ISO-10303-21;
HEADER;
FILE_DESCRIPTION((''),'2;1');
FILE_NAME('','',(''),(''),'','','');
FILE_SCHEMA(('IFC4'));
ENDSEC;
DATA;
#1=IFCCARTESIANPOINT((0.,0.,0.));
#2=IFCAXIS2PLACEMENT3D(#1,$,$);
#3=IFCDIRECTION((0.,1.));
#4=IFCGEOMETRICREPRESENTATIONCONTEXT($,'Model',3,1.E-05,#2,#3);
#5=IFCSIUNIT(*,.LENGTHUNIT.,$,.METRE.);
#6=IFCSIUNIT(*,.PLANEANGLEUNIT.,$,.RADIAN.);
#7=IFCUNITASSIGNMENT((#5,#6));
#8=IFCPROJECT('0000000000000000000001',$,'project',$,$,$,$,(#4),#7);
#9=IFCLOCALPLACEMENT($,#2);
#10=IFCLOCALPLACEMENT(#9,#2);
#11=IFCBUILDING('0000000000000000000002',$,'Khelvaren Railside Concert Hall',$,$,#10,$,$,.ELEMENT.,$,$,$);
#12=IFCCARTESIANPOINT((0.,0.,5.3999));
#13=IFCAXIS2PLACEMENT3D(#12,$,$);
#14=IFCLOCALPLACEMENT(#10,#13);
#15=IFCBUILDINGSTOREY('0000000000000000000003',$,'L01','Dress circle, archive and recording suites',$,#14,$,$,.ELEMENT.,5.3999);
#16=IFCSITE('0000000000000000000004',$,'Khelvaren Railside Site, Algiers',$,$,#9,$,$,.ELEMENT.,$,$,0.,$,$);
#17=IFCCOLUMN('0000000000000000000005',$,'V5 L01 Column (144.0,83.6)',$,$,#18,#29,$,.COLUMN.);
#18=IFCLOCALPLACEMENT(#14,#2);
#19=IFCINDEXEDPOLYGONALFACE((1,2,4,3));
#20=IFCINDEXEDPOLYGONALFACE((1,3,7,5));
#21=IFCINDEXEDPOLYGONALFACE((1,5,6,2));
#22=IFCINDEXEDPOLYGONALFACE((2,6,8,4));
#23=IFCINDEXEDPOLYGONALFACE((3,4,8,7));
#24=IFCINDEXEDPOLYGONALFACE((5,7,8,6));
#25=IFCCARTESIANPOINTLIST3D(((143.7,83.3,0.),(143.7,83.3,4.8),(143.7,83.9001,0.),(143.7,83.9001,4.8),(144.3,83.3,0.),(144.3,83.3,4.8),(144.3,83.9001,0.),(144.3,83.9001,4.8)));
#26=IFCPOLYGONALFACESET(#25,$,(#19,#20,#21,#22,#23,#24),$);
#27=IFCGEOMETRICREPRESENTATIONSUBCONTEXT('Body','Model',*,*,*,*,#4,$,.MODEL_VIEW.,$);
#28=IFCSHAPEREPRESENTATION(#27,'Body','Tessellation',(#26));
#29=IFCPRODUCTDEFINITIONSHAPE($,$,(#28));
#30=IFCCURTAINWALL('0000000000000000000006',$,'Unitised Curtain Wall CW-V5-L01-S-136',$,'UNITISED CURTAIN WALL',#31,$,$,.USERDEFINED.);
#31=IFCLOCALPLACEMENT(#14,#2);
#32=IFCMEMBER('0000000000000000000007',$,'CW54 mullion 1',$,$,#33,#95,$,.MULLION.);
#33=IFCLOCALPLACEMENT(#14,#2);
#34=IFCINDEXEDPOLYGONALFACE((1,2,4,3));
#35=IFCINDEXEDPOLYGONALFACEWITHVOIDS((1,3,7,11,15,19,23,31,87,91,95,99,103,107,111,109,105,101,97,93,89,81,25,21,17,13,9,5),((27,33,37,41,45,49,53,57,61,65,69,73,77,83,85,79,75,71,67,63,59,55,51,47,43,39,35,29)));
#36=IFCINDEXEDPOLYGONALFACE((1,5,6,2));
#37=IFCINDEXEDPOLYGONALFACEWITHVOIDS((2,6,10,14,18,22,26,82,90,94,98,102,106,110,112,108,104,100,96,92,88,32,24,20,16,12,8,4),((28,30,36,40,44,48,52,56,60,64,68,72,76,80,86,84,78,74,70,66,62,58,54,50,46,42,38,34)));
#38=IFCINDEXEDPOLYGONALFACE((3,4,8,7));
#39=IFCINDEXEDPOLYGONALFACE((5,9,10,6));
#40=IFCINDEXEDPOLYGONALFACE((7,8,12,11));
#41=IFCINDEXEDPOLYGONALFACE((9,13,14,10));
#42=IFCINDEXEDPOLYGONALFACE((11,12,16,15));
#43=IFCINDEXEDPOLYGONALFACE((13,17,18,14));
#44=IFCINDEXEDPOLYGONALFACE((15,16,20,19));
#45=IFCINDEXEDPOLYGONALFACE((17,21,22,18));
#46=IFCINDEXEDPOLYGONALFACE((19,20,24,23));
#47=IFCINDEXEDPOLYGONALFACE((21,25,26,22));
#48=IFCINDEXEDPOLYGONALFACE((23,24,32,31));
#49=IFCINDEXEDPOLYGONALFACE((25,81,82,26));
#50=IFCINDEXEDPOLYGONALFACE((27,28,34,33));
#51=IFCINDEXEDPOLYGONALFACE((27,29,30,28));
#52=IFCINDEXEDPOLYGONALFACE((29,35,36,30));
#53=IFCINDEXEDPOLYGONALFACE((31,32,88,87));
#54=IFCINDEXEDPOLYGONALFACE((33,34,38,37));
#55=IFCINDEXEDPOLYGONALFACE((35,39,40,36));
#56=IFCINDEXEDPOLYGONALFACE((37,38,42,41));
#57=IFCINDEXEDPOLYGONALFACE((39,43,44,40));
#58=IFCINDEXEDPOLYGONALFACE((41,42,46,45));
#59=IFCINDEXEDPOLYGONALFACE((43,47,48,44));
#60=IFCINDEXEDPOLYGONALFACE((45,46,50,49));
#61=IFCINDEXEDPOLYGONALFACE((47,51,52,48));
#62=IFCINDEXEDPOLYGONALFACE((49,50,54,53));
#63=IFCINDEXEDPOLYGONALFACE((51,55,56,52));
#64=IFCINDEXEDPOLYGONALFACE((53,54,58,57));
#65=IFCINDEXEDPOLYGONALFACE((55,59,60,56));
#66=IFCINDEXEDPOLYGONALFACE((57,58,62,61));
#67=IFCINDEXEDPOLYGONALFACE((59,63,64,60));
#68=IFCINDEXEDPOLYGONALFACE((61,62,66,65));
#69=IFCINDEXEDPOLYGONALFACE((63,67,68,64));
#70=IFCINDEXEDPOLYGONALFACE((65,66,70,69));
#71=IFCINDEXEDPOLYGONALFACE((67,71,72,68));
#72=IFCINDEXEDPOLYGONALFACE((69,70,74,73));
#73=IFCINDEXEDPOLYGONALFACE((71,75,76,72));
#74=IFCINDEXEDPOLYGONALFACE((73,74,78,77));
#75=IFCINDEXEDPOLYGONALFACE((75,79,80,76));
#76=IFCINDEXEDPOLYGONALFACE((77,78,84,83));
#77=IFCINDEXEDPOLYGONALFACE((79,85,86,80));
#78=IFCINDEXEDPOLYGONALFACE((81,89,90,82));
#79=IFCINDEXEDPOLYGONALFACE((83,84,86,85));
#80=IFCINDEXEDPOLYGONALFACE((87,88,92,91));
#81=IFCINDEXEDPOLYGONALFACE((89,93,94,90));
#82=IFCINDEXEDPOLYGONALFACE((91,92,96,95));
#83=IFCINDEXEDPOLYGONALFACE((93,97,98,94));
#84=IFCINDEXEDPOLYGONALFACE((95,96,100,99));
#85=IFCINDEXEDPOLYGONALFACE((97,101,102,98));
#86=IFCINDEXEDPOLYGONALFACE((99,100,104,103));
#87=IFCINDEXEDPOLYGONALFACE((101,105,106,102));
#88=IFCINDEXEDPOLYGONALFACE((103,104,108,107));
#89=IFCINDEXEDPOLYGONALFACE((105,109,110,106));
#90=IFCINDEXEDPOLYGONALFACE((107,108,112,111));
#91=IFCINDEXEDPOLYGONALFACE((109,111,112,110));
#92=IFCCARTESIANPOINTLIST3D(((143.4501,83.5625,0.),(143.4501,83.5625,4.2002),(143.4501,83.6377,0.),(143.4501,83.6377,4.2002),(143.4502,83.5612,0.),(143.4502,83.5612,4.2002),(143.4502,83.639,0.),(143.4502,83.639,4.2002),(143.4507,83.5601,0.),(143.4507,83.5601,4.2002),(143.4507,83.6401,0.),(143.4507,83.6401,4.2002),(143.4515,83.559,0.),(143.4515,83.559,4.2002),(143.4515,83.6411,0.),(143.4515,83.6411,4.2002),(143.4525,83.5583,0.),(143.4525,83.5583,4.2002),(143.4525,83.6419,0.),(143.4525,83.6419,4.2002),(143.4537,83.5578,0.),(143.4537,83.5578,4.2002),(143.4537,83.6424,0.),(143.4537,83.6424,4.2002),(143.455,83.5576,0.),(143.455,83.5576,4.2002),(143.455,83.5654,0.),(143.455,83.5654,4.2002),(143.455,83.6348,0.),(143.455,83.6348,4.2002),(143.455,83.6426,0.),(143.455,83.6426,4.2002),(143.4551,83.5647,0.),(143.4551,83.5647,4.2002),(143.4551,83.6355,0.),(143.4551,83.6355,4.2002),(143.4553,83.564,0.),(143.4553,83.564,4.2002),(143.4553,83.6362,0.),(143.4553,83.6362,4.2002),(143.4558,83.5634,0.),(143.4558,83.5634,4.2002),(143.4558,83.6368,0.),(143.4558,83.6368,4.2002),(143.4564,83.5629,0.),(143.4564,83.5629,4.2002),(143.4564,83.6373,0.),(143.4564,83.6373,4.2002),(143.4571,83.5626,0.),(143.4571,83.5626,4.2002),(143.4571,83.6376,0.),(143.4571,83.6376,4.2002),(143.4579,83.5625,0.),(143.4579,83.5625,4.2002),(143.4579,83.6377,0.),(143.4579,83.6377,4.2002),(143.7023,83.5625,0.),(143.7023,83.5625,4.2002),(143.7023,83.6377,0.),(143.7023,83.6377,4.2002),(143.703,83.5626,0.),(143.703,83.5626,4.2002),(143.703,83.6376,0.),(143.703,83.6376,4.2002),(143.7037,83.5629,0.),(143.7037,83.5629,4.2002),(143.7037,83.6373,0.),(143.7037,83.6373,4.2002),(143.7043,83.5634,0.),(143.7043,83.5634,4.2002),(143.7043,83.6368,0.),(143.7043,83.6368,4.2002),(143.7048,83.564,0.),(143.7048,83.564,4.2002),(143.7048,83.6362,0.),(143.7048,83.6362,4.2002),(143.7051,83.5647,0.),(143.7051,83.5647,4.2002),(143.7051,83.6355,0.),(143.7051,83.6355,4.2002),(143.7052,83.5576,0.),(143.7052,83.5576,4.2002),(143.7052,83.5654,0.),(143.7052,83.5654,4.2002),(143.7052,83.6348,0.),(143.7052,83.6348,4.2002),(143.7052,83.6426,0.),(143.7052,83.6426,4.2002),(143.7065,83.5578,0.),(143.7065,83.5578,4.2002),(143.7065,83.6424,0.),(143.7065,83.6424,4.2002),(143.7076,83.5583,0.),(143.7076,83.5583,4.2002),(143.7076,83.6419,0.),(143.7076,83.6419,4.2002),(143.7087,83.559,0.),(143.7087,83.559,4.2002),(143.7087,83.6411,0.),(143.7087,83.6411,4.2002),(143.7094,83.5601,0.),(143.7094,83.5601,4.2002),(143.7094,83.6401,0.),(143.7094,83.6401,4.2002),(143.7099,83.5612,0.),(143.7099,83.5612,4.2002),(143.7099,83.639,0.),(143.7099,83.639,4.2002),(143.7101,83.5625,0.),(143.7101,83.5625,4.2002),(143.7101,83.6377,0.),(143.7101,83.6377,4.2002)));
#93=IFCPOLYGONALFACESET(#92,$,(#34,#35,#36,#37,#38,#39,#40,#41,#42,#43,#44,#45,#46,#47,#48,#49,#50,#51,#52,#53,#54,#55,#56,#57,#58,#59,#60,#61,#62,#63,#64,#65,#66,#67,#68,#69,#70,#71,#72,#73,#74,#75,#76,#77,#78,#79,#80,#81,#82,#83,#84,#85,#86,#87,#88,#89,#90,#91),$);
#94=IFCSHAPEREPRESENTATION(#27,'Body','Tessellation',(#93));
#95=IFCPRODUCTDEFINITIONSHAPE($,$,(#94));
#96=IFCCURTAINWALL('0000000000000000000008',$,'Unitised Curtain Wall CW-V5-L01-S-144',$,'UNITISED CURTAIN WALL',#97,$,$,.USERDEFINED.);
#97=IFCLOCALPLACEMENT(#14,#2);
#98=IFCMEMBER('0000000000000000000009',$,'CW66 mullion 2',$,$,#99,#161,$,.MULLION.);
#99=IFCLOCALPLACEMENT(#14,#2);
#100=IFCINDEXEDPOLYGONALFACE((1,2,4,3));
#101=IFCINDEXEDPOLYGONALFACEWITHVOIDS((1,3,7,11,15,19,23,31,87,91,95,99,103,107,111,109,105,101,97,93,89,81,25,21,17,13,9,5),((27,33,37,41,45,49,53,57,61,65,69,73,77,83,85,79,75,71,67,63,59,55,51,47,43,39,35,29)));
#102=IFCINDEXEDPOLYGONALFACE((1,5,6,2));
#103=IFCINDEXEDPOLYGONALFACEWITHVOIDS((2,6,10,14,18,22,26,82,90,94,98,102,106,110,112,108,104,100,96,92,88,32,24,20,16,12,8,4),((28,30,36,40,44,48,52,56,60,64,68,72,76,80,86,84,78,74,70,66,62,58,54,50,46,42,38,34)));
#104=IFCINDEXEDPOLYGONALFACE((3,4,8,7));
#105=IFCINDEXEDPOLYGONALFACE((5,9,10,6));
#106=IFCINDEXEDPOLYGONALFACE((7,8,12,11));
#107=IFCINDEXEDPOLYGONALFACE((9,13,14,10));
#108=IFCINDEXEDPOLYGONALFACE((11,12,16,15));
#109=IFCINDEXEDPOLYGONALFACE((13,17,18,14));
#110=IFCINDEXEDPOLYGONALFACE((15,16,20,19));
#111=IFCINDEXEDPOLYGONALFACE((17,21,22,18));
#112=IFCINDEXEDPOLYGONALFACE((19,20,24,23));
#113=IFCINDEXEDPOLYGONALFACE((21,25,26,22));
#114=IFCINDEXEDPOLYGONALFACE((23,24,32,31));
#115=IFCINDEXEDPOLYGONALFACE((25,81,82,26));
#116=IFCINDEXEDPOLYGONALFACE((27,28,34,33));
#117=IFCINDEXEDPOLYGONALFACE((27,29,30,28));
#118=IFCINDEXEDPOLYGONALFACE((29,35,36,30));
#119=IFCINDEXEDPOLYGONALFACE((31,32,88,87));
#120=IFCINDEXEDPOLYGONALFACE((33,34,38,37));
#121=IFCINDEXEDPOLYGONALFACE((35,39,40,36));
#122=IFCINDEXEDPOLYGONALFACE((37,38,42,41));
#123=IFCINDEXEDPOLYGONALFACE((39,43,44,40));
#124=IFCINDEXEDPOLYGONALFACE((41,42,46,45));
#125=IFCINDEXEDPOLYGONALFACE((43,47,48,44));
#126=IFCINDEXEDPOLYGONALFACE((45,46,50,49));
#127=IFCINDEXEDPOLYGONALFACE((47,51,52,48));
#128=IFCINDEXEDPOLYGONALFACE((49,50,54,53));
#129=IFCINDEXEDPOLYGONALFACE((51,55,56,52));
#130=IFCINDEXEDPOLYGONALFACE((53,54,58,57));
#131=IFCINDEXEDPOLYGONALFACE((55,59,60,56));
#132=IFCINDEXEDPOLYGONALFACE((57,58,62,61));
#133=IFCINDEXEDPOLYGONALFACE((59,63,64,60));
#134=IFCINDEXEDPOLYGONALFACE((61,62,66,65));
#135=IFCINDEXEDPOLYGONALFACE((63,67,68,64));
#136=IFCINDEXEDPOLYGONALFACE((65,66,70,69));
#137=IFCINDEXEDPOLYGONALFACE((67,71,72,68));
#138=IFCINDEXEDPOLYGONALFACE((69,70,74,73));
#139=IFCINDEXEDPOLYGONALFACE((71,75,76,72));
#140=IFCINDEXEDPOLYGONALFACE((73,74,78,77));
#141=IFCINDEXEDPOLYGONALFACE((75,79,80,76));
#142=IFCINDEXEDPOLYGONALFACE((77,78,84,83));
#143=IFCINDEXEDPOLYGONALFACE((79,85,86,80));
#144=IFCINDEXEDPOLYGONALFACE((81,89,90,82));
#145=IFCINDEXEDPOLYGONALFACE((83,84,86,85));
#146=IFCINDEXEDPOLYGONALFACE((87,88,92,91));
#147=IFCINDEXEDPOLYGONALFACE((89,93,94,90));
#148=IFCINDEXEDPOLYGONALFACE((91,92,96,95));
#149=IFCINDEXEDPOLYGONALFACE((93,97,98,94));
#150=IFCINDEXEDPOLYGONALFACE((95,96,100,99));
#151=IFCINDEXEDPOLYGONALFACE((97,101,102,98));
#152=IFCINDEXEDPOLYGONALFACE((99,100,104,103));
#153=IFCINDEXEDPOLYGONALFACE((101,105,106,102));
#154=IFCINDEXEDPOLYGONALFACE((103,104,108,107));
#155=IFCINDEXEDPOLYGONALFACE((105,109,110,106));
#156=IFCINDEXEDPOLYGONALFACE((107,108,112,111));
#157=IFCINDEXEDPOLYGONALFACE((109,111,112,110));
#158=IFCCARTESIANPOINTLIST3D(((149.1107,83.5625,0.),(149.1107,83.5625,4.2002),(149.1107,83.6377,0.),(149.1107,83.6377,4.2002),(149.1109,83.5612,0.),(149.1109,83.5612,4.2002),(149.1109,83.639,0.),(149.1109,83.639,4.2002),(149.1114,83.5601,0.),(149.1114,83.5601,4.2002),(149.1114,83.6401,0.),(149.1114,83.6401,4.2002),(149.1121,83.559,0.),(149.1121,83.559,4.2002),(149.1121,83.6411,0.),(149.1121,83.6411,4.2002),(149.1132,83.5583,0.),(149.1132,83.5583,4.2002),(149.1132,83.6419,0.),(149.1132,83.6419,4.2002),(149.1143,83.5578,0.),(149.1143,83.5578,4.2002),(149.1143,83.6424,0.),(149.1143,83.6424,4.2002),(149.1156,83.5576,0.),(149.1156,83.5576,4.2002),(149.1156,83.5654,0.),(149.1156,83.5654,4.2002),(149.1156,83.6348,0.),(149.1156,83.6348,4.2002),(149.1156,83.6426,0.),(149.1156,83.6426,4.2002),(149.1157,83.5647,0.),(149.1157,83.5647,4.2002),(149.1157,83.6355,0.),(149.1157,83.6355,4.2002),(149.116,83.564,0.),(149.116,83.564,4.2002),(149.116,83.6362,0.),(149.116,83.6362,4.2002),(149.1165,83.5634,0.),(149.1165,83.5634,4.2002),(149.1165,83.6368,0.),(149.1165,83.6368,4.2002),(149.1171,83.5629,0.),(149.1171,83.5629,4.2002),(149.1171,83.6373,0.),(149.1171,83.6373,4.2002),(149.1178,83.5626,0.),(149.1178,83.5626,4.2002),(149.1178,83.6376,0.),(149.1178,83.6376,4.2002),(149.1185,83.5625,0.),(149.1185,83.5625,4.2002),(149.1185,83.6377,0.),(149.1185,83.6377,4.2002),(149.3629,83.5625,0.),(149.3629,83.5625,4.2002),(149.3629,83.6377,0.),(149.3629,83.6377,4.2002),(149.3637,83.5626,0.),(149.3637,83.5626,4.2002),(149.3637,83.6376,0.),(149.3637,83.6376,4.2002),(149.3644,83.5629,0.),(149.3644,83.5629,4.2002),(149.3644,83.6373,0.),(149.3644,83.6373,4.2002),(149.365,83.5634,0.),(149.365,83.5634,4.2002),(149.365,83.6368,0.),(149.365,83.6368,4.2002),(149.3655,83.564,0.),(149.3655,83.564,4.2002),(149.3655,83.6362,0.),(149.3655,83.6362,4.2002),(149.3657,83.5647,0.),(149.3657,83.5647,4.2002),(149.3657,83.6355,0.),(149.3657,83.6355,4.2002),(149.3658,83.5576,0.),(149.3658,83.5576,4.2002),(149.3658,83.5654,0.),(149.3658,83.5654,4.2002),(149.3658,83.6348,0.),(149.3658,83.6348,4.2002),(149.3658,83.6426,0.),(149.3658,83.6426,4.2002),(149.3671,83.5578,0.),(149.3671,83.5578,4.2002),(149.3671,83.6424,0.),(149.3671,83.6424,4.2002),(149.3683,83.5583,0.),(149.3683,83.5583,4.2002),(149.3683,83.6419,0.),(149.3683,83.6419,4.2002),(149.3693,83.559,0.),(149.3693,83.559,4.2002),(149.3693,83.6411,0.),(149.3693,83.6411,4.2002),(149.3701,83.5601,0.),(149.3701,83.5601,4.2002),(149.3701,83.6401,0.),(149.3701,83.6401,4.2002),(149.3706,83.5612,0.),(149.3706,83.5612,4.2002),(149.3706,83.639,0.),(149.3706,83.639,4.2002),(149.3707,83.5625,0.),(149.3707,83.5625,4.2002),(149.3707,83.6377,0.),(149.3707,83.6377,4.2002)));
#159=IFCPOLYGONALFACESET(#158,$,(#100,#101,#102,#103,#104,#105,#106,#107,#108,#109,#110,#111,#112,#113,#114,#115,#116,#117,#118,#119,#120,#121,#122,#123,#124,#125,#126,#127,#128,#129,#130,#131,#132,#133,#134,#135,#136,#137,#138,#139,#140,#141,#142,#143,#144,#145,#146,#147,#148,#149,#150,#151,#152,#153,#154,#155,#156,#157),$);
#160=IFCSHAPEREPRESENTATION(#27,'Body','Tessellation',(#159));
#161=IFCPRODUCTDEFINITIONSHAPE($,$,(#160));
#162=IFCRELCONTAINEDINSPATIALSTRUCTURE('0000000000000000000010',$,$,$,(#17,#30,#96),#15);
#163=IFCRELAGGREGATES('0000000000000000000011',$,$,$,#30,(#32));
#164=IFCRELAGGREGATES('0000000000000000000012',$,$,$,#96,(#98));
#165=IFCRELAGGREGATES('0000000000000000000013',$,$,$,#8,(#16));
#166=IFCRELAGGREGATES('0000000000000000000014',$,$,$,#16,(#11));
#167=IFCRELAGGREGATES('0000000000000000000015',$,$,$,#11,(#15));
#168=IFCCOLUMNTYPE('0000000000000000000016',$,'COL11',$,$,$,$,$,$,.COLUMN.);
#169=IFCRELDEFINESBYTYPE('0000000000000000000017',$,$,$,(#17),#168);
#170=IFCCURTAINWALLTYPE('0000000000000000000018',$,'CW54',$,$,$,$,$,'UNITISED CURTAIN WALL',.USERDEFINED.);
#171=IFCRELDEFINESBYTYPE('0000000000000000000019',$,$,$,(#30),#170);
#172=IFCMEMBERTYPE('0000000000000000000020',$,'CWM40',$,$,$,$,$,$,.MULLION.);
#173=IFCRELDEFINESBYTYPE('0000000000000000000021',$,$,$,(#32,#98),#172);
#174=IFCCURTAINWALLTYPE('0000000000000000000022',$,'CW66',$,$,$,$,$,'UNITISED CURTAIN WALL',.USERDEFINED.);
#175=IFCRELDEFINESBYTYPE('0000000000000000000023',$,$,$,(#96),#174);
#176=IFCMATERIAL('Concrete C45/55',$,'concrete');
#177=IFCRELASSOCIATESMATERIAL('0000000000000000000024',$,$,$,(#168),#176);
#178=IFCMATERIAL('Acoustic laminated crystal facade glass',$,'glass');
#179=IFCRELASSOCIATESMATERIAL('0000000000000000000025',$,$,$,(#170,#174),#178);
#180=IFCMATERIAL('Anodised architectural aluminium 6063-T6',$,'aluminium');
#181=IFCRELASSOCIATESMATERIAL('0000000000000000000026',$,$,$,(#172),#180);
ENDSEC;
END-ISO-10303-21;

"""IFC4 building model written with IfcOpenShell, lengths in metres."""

from ifc_helpers import new_model, si_unit, direction, frame, origin, origin_2d, place, context, subcontext, project, spatial, rectangle, hollow_rectangle, extrude, material, material_profile, profile_set, type_object, element, aggregate, save


model = new_model("IFC4")

# Units and contexts
model_context = context("Model", 3, precision=1e-05, world=origin(), true_north=direction((0.0, 1.0)))
body_context = subcontext(model_context, "Body", "Model", "MODEL_VIEW")
ifc_project = project(units=[si_unit("LENGTHUNIT", "METRE"), si_unit("PLANEANGLEUNIT", "RADIAN")], contexts=[model_context])

# Site, building, storey
site_placement = place(None, origin())
site = spatial("IfcSite", under=ifc_project, at=site_placement, Name="Khelvaren Railside Site, Algiers", CompositionType="ELEMENT", RefElevation=0.0)
building_placement = place(site_placement, origin())
building = spatial("IfcBuilding", under=site, at=building_placement, Name="Khelvaren Railside Concert Hall", CompositionType="ELEMENT")
storey_placement = place(building_placement, frame((0.0, 0.0, 5.3999)))
storey = spatial("IfcBuildingStorey", under=building, at=storey_placement, Name="L01", Description="Dress circle, archive and recording suites", CompositionType="ELEMENT", Elevation=5.3999)

# Column
ifc_material_1 = material(Name="Concrete C45/55", Category="concrete")
ifc_material_profile_1 = material_profile(ifc_material_1, rectangle(XDim=0.6001, YDim=0.6001, at=origin_2d()), Name="RC 600x600")
ifc_profile_set_1 = profile_set([ifc_material_profile_1], Name="Concrete C45/55")
column_type = type_object("IfcColumnType", Name="COL11", PredefinedType="COLUMN", material=ifc_profile_set_1)
column_placement = place(storey_placement, frame((144.0, 83.6001, 0.0), z_axis=(0.0, 0.0, 1.0), x_axis=(1.0, 0.0, 0.0)))
element("IfcColumn", 1, at=column_placement, inside=storey, type_object=column_type, Name="V5 L01 Column (144.0,83.6)", PredefinedType="COLUMN", context=body_context, shape_type="SweptSolid", body=[
    extrude(rectangle(XDim=0.6001, YDim=0.6001, at=origin_2d()), origin(), (0.0, 0.0, 1.0), 4.8),
])

# Curtain wall, member
ifc_material_2 = material(Name="Acoustic laminated crystal facade glass", Category="glass")
curtain_wall_type_1 = type_object("IfcCurtainWallType", Name="CW54", ElementType="UNITISED CURTAIN WALL", PredefinedType="USERDEFINED", material=ifc_material_2)
curtain_wall_1_placement = place(storey_placement, origin())
curtain_wall_1 = element("IfcCurtainWall", 2, at=curtain_wall_1_placement, inside=storey, type_object=curtain_wall_type_1, Name="Unitised Curtain Wall CW-V5-L01-S-136", ObjectType="UNITISED CURTAIN WALL", PredefinedType="USERDEFINED")
ifc_material_3 = material(Name="Anodised architectural aluminium 6063-T6", Category="aluminium")
ifc_material_profile_2 = material_profile(ifc_material_3, hollow_rectangle(XDim=0.085, YDim=0.26, WallThickness=0.0049, InnerFilletRadius=0.0029, OuterFilletRadius=0.0049, at=origin_2d()), Name="CWM 85x260x5")
ifc_profile_set_2 = profile_set([ifc_material_profile_2], Name="Anodised architectural aluminium 6063-T6")
member_type_1 = type_object("IfcMemberType", Name="CWM40", PredefinedType="MULLION", material=ifc_profile_set_2)
member_1_placement = place(storey_placement, frame((143.5801, 83.6001, 0.0), z_axis=(0.0, 0.0, 1.0), x_axis=(0.0, -1.0, 0.0)))
member_1 = element("IfcMember", 3, at=member_1_placement, type_object=member_type_1, Name="CW54 mullion 1", PredefinedType="MULLION", context=body_context, shape_type="SweptSolid", body=[
    extrude(hollow_rectangle(XDim=0.085, YDim=0.26, WallThickness=0.0049, InnerFilletRadius=0.0029, OuterFilletRadius=0.0049, at=origin_2d()), origin(), (0.0, 0.0, 1.0), 4.2002),
])

# Curtain wall, member
curtain_wall_type_2 = type_object("IfcCurtainWallType", Name="CW66", ElementType="UNITISED CURTAIN WALL", PredefinedType="USERDEFINED", material=ifc_material_2)
curtain_wall_2_placement = place(storey_placement, origin())
curtain_wall_2 = element("IfcCurtainWall", 4, at=curtain_wall_2_placement, inside=storey, type_object=curtain_wall_type_2, Name="Unitised Curtain Wall CW-V5-L01-S-144", ObjectType="UNITISED CURTAIN WALL", PredefinedType="USERDEFINED")
member_2_placement = place(storey_placement, frame((149.2407, 83.6001, 0.0), z_axis=(0.0, 0.0, 1.0), x_axis=(0.0, -1.0, 0.0)))
member_2 = element("IfcMember", 5, at=member_2_placement, type_object=member_type_1, Name="CW66 mullion 2", PredefinedType="MULLION", context=body_context, shape_type="SweptSolid", body=[
    extrude(hollow_rectangle(XDim=0.085, YDim=0.26, WallThickness=0.0049, InnerFilletRadius=0.0029, OuterFilletRadius=0.0049, at=origin_2d()), origin(), (0.0, 0.0, 1.0), 4.2002),
])

aggregate(curtain_wall_1, [member_1])

aggregate(curtain_wall_2, [member_2])

save(model, "model.ifc")
